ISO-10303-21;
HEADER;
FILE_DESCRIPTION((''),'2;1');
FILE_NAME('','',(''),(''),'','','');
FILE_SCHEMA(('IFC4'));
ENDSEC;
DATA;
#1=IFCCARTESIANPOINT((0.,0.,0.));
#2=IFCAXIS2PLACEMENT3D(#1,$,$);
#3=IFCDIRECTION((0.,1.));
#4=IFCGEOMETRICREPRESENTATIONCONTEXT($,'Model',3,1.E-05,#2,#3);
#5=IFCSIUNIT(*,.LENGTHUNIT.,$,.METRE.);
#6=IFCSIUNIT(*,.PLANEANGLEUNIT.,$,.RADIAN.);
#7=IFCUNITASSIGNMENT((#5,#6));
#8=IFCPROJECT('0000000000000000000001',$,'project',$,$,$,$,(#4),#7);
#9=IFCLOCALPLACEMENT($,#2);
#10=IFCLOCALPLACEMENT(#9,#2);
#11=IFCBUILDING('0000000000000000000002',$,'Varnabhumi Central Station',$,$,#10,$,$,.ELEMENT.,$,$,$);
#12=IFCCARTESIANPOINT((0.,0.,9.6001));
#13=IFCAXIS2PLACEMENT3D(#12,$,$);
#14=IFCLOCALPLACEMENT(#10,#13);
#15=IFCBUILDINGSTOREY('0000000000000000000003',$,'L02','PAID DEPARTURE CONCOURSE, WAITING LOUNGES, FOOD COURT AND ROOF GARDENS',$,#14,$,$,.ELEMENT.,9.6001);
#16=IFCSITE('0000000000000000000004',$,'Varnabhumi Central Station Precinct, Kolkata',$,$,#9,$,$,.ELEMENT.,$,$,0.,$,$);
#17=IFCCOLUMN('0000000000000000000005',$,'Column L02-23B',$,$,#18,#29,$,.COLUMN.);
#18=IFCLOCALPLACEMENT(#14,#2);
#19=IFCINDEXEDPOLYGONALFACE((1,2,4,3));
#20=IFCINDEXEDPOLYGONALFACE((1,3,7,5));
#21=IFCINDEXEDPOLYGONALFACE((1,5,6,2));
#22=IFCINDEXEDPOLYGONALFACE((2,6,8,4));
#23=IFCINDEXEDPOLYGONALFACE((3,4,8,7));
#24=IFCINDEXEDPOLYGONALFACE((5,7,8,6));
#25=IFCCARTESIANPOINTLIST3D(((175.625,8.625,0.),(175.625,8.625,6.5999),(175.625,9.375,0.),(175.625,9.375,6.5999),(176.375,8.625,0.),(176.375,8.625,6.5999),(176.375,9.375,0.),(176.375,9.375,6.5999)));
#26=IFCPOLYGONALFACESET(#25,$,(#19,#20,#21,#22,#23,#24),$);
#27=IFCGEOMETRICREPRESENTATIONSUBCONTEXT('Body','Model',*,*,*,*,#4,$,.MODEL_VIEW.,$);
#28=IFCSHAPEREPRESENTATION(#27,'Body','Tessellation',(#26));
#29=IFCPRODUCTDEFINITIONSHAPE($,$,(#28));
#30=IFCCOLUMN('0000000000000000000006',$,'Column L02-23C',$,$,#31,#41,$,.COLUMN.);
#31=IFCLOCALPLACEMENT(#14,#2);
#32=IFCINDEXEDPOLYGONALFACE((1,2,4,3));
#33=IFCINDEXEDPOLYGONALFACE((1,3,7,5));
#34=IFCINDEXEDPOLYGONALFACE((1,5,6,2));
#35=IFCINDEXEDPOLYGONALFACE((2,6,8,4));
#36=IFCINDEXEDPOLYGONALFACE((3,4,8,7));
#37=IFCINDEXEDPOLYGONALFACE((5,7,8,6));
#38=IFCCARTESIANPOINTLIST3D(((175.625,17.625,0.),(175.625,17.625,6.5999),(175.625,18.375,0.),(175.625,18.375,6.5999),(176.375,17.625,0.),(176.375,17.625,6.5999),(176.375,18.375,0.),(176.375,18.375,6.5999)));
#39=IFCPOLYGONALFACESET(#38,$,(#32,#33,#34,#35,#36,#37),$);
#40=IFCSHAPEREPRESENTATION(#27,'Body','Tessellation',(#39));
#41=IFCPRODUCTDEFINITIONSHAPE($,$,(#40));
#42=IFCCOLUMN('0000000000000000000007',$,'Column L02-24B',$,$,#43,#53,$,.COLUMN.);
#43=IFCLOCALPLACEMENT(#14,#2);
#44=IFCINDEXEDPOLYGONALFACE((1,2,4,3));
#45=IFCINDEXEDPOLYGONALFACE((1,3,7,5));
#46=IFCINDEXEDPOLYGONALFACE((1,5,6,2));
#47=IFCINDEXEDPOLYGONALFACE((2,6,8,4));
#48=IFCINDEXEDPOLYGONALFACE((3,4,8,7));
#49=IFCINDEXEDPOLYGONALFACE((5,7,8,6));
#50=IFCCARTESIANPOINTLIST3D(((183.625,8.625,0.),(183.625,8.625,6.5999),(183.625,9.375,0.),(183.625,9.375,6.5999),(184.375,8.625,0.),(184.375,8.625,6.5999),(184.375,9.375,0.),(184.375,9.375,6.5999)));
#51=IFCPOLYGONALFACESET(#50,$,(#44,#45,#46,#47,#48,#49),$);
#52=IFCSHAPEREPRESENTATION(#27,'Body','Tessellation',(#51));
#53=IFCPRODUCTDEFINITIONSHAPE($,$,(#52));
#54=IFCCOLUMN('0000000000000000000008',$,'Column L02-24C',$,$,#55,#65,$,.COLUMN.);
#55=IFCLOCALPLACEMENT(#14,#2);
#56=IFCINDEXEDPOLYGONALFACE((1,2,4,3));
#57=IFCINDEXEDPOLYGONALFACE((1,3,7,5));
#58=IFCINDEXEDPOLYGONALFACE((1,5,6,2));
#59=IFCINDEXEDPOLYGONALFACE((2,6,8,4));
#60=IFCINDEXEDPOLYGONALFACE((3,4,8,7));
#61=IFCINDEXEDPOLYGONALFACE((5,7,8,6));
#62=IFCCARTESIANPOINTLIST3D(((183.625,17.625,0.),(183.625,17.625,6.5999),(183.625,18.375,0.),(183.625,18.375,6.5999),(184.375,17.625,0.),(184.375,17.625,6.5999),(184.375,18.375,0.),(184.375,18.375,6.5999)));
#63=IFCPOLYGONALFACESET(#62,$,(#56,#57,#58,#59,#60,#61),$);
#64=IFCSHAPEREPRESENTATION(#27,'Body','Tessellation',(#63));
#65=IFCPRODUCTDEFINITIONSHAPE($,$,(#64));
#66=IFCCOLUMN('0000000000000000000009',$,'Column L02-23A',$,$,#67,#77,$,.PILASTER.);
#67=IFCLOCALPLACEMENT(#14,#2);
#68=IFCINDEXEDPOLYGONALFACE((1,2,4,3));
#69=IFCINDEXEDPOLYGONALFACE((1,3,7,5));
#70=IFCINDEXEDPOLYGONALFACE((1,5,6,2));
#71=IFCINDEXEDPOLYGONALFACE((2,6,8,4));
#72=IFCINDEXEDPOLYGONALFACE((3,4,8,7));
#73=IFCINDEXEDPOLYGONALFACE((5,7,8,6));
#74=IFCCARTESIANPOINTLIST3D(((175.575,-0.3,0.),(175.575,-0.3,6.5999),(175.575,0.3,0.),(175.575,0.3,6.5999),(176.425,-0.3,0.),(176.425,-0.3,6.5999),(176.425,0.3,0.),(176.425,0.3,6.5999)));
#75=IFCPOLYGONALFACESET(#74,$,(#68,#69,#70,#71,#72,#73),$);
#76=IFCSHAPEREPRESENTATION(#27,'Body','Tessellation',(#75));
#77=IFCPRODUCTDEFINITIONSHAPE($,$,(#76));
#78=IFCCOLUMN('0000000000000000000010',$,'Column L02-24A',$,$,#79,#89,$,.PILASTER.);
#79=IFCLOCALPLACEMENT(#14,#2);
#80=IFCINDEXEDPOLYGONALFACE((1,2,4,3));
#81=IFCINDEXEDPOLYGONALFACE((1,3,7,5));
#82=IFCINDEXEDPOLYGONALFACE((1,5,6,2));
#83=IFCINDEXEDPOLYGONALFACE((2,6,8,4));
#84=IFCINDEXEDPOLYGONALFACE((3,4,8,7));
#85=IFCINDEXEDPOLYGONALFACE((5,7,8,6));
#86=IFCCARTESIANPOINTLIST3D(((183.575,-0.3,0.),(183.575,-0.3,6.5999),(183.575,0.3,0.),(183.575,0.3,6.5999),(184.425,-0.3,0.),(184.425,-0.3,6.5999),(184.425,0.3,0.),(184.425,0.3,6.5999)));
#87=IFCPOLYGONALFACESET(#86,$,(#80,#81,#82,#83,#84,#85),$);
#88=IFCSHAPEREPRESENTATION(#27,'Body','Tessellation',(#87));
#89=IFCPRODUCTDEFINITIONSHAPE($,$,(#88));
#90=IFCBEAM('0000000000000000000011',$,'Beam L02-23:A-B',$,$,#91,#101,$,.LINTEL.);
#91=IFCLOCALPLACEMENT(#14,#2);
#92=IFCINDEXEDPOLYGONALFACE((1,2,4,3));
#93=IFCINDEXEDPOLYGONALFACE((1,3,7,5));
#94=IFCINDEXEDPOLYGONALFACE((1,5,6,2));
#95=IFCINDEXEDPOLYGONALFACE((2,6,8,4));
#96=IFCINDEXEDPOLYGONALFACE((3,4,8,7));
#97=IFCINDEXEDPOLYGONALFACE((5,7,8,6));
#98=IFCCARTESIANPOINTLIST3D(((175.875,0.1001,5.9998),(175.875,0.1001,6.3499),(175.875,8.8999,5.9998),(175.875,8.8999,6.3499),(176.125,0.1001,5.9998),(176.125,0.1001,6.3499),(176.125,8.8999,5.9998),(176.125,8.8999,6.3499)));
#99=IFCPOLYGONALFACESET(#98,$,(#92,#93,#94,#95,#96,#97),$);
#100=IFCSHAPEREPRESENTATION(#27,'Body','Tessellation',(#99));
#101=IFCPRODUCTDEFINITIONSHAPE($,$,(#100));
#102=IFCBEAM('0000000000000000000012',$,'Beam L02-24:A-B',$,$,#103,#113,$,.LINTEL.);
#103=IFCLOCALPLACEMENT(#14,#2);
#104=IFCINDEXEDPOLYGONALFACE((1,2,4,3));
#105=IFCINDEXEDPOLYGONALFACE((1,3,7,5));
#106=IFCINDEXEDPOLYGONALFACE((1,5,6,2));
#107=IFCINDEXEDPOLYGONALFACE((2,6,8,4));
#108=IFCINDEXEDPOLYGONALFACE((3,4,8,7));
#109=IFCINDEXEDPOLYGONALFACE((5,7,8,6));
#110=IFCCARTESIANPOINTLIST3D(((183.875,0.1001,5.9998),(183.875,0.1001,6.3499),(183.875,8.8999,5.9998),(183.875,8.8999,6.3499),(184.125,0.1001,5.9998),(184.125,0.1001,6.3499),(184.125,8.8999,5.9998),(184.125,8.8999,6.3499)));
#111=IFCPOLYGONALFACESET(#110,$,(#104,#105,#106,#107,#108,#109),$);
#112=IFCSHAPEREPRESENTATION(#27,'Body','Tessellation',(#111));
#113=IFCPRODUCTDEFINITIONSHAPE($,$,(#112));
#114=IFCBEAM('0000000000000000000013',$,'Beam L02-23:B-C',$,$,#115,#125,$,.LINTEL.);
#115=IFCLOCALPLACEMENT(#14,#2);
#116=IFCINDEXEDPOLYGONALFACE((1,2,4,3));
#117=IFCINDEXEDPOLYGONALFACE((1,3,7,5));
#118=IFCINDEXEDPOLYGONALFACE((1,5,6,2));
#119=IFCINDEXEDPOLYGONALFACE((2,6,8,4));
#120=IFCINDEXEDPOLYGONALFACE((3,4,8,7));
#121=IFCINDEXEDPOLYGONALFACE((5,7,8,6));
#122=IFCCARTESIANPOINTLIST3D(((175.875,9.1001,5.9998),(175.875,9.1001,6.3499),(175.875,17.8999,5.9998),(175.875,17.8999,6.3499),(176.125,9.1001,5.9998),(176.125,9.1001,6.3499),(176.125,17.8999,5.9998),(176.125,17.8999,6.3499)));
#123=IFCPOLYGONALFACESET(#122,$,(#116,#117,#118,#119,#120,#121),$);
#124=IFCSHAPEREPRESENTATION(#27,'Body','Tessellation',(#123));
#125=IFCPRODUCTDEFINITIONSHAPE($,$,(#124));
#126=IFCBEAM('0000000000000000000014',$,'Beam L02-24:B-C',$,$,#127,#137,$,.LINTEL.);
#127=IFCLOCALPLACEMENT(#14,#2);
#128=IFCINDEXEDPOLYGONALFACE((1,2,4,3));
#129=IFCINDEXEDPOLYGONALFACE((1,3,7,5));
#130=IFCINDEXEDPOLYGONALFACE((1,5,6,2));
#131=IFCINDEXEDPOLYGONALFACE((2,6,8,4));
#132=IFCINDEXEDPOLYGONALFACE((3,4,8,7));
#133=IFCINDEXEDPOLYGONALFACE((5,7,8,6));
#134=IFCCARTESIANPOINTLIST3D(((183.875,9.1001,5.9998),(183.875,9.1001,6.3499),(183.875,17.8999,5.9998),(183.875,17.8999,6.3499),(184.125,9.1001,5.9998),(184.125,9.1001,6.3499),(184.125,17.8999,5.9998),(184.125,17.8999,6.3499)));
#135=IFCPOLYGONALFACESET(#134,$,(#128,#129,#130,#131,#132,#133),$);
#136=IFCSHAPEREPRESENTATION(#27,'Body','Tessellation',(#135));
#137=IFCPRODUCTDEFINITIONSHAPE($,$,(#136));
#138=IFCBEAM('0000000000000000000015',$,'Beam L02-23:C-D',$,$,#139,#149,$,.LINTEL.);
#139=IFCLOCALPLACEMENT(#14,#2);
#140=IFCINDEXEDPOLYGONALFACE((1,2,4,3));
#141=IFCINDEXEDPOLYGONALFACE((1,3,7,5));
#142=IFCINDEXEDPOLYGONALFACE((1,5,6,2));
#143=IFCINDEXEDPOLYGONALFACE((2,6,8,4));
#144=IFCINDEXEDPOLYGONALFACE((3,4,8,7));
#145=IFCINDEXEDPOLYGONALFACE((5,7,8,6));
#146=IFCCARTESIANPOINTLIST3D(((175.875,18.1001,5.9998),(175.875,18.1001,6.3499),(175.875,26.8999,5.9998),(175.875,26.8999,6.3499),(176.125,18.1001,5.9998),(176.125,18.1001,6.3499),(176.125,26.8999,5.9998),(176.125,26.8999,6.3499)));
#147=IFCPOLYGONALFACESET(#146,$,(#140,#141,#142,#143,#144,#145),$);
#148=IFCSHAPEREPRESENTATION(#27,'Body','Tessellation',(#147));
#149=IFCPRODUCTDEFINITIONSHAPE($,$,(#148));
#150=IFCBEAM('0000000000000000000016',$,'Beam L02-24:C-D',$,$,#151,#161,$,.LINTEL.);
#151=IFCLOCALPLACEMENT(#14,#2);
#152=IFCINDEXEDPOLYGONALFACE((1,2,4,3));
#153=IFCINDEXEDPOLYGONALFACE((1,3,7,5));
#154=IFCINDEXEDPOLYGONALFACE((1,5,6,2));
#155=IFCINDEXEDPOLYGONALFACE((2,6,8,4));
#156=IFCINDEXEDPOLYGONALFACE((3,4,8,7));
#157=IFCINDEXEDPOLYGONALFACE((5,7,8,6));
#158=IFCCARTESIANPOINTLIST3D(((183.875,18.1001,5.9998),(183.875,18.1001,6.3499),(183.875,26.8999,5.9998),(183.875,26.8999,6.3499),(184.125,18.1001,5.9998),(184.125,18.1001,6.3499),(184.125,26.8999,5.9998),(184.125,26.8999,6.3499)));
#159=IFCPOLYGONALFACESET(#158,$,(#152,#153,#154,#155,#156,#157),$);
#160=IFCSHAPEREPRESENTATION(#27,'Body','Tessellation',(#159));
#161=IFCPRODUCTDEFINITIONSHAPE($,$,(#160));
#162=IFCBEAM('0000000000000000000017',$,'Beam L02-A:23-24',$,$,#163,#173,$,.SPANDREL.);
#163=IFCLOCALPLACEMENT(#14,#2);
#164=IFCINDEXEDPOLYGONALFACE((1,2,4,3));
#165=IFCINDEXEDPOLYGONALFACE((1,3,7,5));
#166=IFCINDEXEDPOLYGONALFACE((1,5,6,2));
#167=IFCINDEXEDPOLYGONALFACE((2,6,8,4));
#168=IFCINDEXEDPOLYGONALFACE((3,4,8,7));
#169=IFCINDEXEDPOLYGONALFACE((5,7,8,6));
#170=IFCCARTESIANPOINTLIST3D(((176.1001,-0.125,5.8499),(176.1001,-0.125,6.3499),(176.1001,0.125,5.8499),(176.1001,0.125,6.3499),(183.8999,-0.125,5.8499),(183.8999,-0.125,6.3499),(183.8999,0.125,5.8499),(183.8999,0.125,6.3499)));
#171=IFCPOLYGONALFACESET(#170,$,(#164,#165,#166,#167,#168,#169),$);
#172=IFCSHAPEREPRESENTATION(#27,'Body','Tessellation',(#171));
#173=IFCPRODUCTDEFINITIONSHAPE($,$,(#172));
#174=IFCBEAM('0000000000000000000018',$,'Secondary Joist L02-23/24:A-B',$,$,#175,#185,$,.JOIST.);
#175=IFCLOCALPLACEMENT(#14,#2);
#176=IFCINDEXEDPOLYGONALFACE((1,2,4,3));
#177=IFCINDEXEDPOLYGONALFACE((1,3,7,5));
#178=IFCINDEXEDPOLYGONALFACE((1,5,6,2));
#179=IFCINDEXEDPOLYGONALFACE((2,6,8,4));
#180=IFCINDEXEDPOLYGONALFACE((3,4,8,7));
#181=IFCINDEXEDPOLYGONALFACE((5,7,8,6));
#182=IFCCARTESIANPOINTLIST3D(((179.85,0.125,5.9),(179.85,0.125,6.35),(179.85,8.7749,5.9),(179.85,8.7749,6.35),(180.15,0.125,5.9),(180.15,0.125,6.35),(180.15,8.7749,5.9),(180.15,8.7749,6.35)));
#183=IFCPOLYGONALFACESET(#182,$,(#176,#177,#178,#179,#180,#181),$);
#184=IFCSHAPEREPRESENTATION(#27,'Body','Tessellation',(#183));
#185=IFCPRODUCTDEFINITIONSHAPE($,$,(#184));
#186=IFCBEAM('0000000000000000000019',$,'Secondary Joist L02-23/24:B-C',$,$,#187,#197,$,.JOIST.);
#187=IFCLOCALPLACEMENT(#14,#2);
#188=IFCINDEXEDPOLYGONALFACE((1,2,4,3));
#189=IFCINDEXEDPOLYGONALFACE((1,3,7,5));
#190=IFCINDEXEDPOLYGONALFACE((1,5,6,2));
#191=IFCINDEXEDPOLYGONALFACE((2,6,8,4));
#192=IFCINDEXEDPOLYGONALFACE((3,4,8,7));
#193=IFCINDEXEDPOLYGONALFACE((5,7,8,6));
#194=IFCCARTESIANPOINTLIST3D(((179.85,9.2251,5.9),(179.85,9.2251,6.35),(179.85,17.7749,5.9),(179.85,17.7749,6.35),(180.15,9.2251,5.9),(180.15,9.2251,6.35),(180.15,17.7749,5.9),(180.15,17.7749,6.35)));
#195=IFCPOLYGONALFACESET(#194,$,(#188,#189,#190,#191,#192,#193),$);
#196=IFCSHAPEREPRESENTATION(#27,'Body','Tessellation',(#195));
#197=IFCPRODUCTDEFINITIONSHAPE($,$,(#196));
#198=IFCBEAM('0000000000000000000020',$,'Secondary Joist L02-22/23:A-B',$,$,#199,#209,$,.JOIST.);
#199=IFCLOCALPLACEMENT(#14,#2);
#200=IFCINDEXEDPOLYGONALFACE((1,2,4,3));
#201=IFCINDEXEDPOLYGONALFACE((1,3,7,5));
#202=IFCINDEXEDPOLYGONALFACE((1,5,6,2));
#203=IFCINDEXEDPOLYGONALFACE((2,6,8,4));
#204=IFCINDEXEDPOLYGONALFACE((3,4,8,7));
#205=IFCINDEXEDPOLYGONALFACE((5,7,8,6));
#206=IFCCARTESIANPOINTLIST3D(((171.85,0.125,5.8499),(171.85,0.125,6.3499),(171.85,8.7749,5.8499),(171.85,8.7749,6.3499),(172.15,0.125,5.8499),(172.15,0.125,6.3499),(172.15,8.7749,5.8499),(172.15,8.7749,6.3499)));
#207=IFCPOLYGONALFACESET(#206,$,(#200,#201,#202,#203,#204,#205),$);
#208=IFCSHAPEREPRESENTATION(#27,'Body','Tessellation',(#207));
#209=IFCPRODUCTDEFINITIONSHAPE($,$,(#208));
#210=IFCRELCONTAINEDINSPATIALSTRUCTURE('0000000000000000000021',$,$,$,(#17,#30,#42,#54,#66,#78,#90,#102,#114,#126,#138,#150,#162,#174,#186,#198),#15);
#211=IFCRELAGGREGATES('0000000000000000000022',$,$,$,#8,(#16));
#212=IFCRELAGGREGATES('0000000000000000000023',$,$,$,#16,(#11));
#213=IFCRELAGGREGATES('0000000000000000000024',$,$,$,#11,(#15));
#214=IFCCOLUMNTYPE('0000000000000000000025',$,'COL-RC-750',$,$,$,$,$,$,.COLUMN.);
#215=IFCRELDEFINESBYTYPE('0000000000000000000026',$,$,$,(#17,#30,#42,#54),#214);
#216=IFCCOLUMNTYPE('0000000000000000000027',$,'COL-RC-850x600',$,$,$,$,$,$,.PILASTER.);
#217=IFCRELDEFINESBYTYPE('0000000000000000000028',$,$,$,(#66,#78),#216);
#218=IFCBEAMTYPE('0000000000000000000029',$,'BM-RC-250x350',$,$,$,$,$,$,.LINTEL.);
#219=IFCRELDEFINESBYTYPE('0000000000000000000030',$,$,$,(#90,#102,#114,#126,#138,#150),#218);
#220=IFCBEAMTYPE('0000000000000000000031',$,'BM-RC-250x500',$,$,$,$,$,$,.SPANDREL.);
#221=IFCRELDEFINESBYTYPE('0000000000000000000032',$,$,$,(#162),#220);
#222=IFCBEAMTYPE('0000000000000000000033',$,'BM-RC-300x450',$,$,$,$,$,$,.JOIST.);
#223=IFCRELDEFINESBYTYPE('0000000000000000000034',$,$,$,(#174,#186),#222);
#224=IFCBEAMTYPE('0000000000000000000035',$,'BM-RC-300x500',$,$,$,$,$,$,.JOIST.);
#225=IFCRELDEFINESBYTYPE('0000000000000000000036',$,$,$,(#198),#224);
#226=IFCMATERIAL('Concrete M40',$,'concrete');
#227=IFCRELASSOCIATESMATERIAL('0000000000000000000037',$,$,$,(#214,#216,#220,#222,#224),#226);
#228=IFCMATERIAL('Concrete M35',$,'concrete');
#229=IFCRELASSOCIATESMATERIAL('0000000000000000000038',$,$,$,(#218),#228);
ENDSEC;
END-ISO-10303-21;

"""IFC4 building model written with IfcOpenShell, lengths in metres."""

from ifc_helpers import new_model, si_unit, direction, frame, origin, origin_2d, place, context, subcontext, project, spatial, rectangle, extrude, material, material_profile, profile_set, type_object, element, save


model = new_model("IFC4")

# Units and contexts
model_context = context("Model", 3, precision=1e-05, world=origin(), true_north=direction((0.0, 1.0)))
body_context = subcontext(model_context, "Body", "Model", "MODEL_VIEW")
ifc_project = project(units=[si_unit("LENGTHUNIT", "METRE"), si_unit("PLANEANGLEUNIT", "RADIAN")], contexts=[model_context])

# Site, building, storey
site_placement = place(None, origin())
site = spatial("IfcSite", under=ifc_project, at=site_placement, Name="Varnabhumi Central Station Precinct, Kolkata", CompositionType="ELEMENT", RefElevation=0.0)
building_placement = place(site_placement, origin())
building = spatial("IfcBuilding", under=site, at=building_placement, Name="Varnabhumi Central Station", CompositionType="ELEMENT")
storey_placement = place(building_placement, frame((0.0, 0.0, 9.6001)))
storey = spatial("IfcBuildingStorey", under=building, at=storey_placement, Name="L02", Description="PAID DEPARTURE CONCOURSE, WAITING LOUNGES, FOOD COURT AND ROOF GARDENS", CompositionType="ELEMENT", Elevation=9.6001)

# Columns
ifc_material_1 = material(Name="Concrete M40", Category="concrete")
ifc_material_profile_1 = material_profile(ifc_material_1, rectangle(XDim=0.75, YDim=0.75, at=origin_2d()), Name="Concrete M40", Category="concrete")
ifc_profile_set_1 = profile_set([ifc_material_profile_1], Name="Concrete M40")
column_type_1 = type_object("IfcColumnType", Name="COL-RC-750", PredefinedType="COLUMN", material=ifc_profile_set_1)
for number, where, z_axis, x_axis, name in (
    (1, (176.0, 9.0, 0.0), (0.0, 0.0, 1.0), (1.0, 0.0, 0.0), "Column L02-23B"),
    (2, (176.0, 18.0, 0.0), (0.0, 0.0, 1.0), (1.0, 0.0, 0.0), "Column L02-23C"),
    (3, (184.0, 9.0, 0.0), (0.0, 0.0, 1.0), (1.0, 0.0, 0.0), "Column L02-24B"),
    (4, (184.0, 18.0, 0.0), (0.0, 0.0, 1.0), (1.0, 0.0, 0.0), "Column L02-24C"),
):
    element("IfcColumn", number, at=place(storey_placement, frame(where, z_axis=z_axis, x_axis=x_axis)), inside=storey, type_object=column_type_1, Name=name, PredefinedType="COLUMN", context=body_context, shape_type="SweptSolid", body=[
        extrude(rectangle(XDim=0.75, YDim=0.75, at=origin_2d()), origin(), (0.0, 0.0, 1.0), 6.5999),
    ])
ifc_material_profile_2 = material_profile(ifc_material_1, rectangle(XDim=0.8501, YDim=0.6001, at=origin_2d()), Name="Concrete M40", Category="concrete")
ifc_profile_set_2 = profile_set([ifc_material_profile_2], Name="Concrete M40")
column_type_2 = type_object("IfcColumnType", Name="COL-RC-850x600", PredefinedType="PILASTER", material=ifc_profile_set_2)
for number, where, z_axis, x_axis, name in (
    (5, (176.0, 0.0, 0.0), (0.0, 0.0, 1.0), (1.0, 0.0, 0.0), "Column L02-23A"),
    (6, (184.0, 0.0, 0.0), (0.0, 0.0, 1.0), (1.0, 0.0, 0.0), "Column L02-24A"),
):
    element("IfcColumn", number, at=place(storey_placement, frame(where, z_axis=z_axis, x_axis=x_axis)), inside=storey, type_object=column_type_2, Name=name, PredefinedType="PILASTER", context=body_context, shape_type="SweptSolid", body=[
        extrude(rectangle(XDim=0.8501, YDim=0.6001, at=origin_2d()), origin(), (0.0, 0.0, 1.0), 6.5999),
    ])

# Beams
ifc_material_2 = material(Name="Concrete M35", Category="concrete")
ifc_material_profile_3 = material_profile(ifc_material_2, rectangle(XDim=0.25, YDim=0.3501, at=origin_2d()), Name="Concrete M35", Category="concrete")
ifc_profile_set_3 = profile_set([ifc_material_profile_3], Name="Concrete M35")
beam_type_1 = type_object("IfcBeamType", Name="BM-RC-250x350", PredefinedType="LINTEL", material=ifc_profile_set_3)
for number, where, z_axis, x_axis, name in (
    (7, (176.0, 0.1001, 6.1748), (0.0, 1.0, 0.0), (-1.0, 0.0, 0.0), "Beam L02-23:A-B"),
    (8, (184.0, 0.1001, 6.1748), (0.0, 1.0, 0.0), (-1.0, 0.0, 0.0), "Beam L02-24:A-B"),
    (9, (176.0, 9.1001, 6.1748), (0.0, 1.0, 0.0), (-1.0, 0.0, 0.0), "Beam L02-23:B-C"),
    (10, (184.0, 9.1001, 6.1748), (0.0, 1.0, 0.0), (-1.0, 0.0, 0.0), "Beam L02-24:B-C"),
    (11, (176.0, 18.1001, 6.1748), (0.0, 1.0, 0.0), (-1.0, 0.0, 0.0), "Beam L02-23:C-D"),
    (12, (184.0, 18.1001, 6.1748), (0.0, 1.0, 0.0), (-1.0, 0.0, 0.0), "Beam L02-24:C-D"),
):
    element("IfcBeam", number, at=place(storey_placement, frame(where, z_axis=z_axis, x_axis=x_axis)), inside=storey, type_object=beam_type_1, Name=name, PredefinedType="LINTEL", context=body_context, shape_type="SweptSolid", body=[
        extrude(rectangle(XDim=0.25, YDim=0.3501, at=origin_2d()), origin(), (0.0, 0.0, 1.0), 8.7998),
    ])
ifc_material_profile_4 = material_profile(ifc_material_1, rectangle(XDim=0.25, YDim=0.5, at=origin_2d()), Name="Concrete M40", Category="concrete")
ifc_profile_set_4 = profile_set([ifc_material_profile_4], Name="Concrete M40")
beam_type_2 = type_object("IfcBeamType", Name="BM-RC-250x500", PredefinedType="SPANDREL", material=ifc_profile_set_4)
beam_1_placement = place(storey_placement, frame((176.1001, 0.0, 6.0999), z_axis=(1.0, 0.0, 0.0), x_axis=(0.0, 1.0, 0.0)))
element("IfcBeam", 13, at=beam_1_placement, inside=storey, type_object=beam_type_2, Name="Beam L02-A:23-24", PredefinedType="SPANDREL", context=body_context, shape_type="SweptSolid", body=[
    extrude(rectangle(XDim=0.25, YDim=0.5, at=origin_2d()), origin(), (0.0, 0.0, 1.0), 7.7998),
])
ifc_material_profile_5 = material_profile(ifc_material_1, rectangle(XDim=0.3, YDim=0.45, at=origin_2d()), Name="Concrete M40", Category="concrete")
ifc_profile_set_5 = profile_set([ifc_material_profile_5], Name="Concrete M40")
beam_type_3 = type_object("IfcBeamType", Name="BM-RC-300x450", PredefinedType="JOIST", material=ifc_profile_set_5)
beam_2_placement = place(storey_placement, frame((180.0, 0.125, 6.125), z_axis=(0.0, 1.0, 0.0), x_axis=(-1.0, 0.0, 0.0)))
element("IfcBeam", 14, at=beam_2_placement, inside=storey, type_object=beam_type_3, Name="Secondary Joist L02-23/24:A-B", PredefinedType="JOIST", context=body_context, shape_type="SweptSolid", body=[
    extrude(rectangle(XDim=0.3, YDim=0.45, at=origin_2d()), origin(), (0.0, 0.0, 1.0), 8.6499),
])
beam_3_placement = place(storey_placement, frame((180.0, 9.2251, 6.125), z_axis=(0.0, 1.0, 0.0), x_axis=(-1.0, 0.0, 0.0)))
element("IfcBeam", 15, at=beam_3_placement, inside=storey, type_object=beam_type_3, Name="Secondary Joist L02-23/24:B-C", PredefinedType="JOIST", context=body_context, shape_type="SweptSolid", body=[
    extrude(rectangle(XDim=0.3, YDim=0.45, at=origin_2d()), origin(), (0.0, 0.0, 1.0), 8.5498),
])
ifc_material_profile_6 = material_profile(ifc_material_1, rectangle(XDim=0.3, YDim=0.5, at=origin_2d()), Name="Concrete M40", Category="concrete")
ifc_profile_set_6 = profile_set([ifc_material_profile_6], Name="Concrete M40")
beam_type_4 = type_object("IfcBeamType", Name="BM-RC-300x500", PredefinedType="JOIST", material=ifc_profile_set_6)
beam_4_placement = place(storey_placement, frame((172.0, 0.125, 6.0999), z_axis=(0.0, 1.0, 0.0), x_axis=(-1.0, 0.0, 0.0)))
element("IfcBeam", 16, at=beam_4_placement, inside=storey, type_object=beam_type_4, Name="Secondary Joist L02-22/23:A-B", PredefinedType="JOIST", context=body_context, shape_type="SweptSolid", body=[
    extrude(rectangle(XDim=0.3, YDim=0.5, at=origin_2d()), origin(), (0.0, 0.0, 1.0), 8.6499),
])

save(model, "model.ifc")
